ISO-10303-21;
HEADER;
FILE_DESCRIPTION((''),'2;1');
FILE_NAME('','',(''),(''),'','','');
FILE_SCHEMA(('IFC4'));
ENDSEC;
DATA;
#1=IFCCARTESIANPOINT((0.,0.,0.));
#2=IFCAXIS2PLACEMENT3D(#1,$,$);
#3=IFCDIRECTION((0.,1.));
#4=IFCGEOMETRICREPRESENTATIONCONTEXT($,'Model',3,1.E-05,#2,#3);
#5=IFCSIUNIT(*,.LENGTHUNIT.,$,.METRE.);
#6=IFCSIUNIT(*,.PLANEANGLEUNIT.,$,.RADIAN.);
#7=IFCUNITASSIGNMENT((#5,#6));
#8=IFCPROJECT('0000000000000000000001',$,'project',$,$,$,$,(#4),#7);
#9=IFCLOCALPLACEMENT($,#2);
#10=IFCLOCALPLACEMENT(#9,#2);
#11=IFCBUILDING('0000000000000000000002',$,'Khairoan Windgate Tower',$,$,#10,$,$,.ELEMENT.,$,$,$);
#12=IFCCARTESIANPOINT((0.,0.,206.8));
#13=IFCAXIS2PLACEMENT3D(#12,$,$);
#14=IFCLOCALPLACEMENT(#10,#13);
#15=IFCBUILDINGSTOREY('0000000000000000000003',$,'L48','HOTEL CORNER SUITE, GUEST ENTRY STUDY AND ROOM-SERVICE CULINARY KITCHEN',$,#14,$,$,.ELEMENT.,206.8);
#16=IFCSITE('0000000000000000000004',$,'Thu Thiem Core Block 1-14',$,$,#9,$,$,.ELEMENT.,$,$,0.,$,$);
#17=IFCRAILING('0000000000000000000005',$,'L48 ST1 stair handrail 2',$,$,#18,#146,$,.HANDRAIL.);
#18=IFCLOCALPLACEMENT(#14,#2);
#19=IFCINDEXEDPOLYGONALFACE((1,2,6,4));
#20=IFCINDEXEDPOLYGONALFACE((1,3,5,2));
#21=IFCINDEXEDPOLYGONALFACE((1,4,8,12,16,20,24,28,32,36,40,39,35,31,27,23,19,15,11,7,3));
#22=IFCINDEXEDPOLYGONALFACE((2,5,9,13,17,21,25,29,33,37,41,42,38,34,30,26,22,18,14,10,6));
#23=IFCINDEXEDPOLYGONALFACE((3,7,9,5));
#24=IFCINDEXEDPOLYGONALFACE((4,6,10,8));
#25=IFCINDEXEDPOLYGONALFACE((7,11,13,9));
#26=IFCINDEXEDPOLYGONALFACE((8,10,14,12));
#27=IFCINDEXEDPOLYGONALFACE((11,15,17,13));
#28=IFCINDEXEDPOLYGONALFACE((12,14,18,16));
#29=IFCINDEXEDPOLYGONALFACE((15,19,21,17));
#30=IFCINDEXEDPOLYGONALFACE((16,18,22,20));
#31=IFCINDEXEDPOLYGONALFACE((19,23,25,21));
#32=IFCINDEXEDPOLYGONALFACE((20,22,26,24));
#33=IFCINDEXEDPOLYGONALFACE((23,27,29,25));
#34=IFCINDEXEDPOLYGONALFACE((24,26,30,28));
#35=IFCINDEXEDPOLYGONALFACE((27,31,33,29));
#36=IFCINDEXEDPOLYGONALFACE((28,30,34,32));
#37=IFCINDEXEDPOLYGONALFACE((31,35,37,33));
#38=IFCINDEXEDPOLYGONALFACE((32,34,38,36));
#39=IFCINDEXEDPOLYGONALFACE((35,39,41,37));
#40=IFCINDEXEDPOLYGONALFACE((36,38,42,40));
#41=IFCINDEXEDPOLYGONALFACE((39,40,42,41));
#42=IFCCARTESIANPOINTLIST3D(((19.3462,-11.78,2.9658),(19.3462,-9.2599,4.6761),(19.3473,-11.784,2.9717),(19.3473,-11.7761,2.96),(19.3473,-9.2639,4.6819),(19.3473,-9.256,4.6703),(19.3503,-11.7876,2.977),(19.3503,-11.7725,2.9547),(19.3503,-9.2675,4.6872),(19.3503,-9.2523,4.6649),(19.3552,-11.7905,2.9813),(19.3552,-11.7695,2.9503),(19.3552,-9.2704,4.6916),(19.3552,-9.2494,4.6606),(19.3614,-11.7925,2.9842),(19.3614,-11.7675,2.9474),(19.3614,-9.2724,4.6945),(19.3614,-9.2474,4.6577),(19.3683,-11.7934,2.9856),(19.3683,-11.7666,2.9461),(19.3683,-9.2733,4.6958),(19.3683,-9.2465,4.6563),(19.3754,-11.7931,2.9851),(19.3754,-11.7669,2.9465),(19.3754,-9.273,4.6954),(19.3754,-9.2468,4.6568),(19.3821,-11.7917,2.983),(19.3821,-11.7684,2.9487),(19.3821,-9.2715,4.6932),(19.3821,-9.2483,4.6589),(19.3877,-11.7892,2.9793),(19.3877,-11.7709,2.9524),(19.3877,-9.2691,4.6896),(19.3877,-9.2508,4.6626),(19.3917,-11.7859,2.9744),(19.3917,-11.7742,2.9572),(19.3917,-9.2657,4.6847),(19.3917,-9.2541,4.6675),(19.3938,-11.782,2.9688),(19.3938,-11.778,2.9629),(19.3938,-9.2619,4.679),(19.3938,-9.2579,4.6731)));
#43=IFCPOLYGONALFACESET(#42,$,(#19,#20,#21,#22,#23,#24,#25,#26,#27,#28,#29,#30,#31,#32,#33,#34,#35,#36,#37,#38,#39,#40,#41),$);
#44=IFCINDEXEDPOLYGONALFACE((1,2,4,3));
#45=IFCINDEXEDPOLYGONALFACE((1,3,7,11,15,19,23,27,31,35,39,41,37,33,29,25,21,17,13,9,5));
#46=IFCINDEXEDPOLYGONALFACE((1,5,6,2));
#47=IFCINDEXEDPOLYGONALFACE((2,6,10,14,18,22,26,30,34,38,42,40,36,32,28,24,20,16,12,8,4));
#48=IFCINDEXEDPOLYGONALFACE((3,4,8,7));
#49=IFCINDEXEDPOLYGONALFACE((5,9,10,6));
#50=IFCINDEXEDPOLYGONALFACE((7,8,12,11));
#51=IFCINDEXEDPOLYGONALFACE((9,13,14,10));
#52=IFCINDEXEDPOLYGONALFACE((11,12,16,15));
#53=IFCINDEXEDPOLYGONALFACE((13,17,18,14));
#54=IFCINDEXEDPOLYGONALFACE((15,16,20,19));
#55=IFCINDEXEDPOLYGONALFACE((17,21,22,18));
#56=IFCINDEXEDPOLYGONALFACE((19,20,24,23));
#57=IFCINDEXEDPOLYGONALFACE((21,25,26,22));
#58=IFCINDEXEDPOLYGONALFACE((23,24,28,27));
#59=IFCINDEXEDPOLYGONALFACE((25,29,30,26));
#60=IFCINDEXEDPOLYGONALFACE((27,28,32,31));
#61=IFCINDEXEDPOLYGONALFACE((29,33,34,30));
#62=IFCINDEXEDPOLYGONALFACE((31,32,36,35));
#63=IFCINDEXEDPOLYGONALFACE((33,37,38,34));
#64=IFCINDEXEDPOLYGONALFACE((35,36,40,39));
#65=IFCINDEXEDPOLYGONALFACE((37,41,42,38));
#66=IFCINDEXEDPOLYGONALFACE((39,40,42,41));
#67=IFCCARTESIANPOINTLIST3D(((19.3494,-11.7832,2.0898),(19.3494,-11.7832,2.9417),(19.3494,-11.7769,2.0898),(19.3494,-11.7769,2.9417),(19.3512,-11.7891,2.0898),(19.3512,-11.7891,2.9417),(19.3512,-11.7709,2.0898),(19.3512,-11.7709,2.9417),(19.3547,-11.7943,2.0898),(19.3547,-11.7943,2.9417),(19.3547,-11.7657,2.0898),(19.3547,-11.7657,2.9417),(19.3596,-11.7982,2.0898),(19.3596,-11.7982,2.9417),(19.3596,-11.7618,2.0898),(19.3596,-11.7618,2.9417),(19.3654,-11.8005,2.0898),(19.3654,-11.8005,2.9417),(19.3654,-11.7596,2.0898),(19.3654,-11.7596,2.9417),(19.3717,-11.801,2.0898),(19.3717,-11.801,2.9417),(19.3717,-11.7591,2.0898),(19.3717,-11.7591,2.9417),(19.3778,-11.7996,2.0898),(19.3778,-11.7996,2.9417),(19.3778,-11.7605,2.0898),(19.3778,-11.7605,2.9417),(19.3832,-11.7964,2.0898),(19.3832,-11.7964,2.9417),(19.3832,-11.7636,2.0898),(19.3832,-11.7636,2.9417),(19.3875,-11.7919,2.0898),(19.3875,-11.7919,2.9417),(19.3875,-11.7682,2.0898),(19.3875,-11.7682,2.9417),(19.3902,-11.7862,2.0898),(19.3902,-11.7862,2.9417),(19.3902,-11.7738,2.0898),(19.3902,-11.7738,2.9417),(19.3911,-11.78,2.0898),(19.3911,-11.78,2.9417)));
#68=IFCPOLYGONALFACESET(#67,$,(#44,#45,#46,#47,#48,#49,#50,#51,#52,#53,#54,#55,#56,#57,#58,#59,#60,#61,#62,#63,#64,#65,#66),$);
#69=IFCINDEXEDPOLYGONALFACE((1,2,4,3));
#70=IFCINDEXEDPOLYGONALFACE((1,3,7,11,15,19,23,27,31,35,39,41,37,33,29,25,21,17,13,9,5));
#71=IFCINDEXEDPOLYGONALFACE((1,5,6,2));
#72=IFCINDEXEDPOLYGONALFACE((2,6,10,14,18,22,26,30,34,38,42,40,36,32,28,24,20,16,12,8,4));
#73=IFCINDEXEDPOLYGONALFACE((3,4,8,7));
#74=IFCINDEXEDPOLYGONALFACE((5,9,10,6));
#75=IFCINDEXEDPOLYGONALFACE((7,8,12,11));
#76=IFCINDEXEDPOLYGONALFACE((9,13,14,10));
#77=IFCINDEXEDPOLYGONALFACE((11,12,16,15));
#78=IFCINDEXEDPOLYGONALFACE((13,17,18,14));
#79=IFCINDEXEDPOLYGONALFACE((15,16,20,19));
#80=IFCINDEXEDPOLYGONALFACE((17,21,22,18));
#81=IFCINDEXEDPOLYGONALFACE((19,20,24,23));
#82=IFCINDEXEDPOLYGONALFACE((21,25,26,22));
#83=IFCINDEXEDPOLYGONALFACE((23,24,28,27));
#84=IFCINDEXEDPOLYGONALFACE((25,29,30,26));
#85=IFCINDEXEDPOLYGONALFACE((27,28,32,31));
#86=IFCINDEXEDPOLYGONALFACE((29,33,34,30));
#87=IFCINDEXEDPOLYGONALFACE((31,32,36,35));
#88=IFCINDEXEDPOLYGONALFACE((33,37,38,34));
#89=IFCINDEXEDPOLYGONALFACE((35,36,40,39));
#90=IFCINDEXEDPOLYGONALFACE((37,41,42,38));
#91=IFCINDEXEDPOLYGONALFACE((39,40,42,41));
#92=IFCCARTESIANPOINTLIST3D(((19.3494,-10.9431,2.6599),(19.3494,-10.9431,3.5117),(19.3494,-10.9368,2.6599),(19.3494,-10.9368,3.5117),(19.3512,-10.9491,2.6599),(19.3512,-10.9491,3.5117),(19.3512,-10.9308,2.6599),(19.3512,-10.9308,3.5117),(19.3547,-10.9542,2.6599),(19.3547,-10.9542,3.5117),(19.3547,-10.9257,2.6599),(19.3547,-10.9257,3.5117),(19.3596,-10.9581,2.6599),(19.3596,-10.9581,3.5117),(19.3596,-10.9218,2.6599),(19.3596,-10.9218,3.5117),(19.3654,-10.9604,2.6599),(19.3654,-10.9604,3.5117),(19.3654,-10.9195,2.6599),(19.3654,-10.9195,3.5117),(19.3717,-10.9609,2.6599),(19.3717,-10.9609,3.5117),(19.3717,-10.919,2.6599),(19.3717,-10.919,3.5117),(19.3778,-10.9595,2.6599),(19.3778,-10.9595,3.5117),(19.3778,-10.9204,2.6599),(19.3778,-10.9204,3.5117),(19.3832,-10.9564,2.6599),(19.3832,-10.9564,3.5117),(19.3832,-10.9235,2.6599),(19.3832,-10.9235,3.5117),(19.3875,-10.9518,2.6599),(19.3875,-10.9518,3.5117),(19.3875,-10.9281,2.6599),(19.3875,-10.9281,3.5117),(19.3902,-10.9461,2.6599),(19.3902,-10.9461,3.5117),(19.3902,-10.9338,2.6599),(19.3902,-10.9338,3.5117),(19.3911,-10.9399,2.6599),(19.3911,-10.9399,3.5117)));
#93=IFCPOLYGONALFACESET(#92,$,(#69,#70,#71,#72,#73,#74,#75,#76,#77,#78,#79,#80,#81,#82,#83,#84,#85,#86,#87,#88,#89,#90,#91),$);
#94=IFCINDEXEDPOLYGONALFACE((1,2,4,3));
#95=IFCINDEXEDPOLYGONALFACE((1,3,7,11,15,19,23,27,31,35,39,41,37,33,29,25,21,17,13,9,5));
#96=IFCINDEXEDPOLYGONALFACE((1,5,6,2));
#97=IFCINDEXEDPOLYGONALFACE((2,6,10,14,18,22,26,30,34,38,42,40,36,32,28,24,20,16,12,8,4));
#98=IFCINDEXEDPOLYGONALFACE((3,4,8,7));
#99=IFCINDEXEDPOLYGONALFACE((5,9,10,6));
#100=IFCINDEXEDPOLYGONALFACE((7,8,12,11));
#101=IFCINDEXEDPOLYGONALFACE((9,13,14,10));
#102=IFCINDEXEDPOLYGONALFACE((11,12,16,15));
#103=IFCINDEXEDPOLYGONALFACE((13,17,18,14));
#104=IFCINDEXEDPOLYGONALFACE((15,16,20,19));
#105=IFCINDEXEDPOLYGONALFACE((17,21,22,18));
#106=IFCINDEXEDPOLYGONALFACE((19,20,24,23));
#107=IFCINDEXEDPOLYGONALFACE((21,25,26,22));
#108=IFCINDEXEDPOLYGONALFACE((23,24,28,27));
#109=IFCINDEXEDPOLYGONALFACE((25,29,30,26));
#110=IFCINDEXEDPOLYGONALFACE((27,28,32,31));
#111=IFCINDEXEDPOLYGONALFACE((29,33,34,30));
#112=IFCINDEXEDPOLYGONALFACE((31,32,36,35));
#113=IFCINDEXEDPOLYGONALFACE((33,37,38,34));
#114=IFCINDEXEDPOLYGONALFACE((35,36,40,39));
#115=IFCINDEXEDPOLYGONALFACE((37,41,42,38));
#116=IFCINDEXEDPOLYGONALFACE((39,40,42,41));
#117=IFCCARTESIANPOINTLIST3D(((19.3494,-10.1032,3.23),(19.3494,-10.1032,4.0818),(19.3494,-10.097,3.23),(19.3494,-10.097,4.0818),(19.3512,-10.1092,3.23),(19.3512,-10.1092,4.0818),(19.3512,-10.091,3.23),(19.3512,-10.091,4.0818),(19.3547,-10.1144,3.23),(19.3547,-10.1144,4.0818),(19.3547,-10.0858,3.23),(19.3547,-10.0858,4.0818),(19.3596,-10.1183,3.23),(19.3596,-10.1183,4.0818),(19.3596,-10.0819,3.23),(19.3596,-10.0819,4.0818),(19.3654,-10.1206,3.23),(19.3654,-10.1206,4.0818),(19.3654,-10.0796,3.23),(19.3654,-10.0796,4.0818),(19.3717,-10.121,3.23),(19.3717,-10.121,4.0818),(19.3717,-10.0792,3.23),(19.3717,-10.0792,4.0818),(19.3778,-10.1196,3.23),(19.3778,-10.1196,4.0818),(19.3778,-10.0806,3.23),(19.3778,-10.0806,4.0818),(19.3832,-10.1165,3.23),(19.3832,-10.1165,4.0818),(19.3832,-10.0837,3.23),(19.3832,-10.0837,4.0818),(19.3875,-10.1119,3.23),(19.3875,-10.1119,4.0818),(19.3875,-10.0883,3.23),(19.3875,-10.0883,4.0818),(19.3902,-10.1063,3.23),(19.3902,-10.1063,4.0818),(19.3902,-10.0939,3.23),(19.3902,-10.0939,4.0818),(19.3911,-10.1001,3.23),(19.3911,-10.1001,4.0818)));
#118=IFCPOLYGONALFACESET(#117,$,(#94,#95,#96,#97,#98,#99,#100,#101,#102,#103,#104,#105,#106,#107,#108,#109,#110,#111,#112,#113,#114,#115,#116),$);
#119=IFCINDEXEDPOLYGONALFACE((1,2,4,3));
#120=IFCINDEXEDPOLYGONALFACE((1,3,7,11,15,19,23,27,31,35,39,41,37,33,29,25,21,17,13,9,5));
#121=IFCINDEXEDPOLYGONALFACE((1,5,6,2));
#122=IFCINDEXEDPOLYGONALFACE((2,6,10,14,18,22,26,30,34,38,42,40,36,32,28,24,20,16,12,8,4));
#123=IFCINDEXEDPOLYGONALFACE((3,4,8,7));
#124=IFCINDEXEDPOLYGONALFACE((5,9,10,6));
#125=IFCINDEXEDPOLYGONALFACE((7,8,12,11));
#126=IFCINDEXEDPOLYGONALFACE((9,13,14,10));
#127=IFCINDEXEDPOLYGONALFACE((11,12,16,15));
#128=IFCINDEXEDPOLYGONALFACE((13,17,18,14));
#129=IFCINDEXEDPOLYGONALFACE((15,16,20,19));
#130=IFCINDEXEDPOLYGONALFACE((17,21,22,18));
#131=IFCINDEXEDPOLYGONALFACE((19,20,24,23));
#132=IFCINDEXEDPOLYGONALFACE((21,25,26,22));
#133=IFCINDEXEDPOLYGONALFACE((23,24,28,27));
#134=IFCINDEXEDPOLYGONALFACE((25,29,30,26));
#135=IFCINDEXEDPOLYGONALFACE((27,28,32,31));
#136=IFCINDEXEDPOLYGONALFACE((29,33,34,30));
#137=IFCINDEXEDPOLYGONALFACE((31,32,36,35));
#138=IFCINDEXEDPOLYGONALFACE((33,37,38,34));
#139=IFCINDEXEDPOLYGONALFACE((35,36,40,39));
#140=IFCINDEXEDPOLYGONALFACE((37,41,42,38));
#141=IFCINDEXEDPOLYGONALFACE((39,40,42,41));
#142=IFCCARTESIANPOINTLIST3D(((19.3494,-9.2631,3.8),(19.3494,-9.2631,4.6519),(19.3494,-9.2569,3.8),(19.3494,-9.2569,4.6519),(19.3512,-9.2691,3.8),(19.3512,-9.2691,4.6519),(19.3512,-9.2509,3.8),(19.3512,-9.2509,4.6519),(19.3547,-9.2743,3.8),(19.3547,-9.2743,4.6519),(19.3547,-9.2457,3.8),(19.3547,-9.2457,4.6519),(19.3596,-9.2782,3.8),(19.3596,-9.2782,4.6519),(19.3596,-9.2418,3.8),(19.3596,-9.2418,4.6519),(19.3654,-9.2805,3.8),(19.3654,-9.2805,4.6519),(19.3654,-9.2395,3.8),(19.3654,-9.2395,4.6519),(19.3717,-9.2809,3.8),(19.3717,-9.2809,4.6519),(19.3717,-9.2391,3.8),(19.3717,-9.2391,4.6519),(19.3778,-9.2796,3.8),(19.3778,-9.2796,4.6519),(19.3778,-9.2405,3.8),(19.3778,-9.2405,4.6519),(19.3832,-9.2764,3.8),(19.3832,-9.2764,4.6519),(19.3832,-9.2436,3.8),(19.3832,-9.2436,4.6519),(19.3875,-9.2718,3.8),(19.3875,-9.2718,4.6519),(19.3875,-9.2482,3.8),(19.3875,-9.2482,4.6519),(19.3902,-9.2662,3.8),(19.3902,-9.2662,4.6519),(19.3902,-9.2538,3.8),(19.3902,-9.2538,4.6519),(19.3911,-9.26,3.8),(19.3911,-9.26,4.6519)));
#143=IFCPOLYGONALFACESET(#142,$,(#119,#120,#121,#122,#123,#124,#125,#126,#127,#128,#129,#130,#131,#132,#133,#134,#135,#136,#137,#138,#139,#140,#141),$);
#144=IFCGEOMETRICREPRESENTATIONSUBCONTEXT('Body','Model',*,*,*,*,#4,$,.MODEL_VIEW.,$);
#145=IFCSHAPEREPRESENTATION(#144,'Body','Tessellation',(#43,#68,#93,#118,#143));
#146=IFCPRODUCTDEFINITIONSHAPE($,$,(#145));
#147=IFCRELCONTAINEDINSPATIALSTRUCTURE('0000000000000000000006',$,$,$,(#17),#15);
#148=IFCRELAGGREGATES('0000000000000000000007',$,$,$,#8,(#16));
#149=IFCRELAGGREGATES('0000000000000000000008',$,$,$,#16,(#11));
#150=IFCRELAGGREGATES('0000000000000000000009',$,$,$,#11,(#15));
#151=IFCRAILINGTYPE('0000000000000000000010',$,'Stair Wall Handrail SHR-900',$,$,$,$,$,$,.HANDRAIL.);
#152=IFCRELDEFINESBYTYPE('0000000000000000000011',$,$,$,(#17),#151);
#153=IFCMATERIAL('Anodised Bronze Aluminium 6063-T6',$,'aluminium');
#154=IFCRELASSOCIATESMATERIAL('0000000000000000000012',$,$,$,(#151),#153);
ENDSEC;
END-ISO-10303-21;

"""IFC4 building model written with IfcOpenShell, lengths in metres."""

from ifc_helpers import new_model, si_unit, direction, frame, origin, origin_2d, place, context, subcontext, project, spatial, circle, extrude, material, type_object, element, save


model = new_model("IFC4")

# Units and contexts
model_context = context("Model", 3, precision=1e-05, world=origin(), true_north=direction((0.0, 1.0)))
body_context = subcontext(model_context, "Body", "Model", "MODEL_VIEW")
ifc_project = project(units=[si_unit("LENGTHUNIT", "METRE"), si_unit("PLANEANGLEUNIT", "RADIAN")], contexts=[model_context])

# Site, building, storey
site_placement = place(None, origin())
site = spatial("IfcSite", under=ifc_project, at=site_placement, Name="Thu Thiem Core Block 1-14", CompositionType="ELEMENT", RefElevation=0.0)
building_placement = place(site_placement, origin())
building = spatial("IfcBuilding", under=site, at=building_placement, Name="Khairoan Windgate Tower", CompositionType="ELEMENT")
storey_placement = place(building_placement, frame((0.0, 0.0, 206.8)))
storey = spatial("IfcBuildingStorey", under=building, at=storey_placement, Name="L48", Description="HOTEL CORNER SUITE, GUEST ENTRY STUDY AND ROOM-SERVICE CULINARY KITCHEN", CompositionType="ELEMENT", Elevation=206.8)

# Railing
ifc_material_1 = material(Name="Anodised Bronze Aluminium 6063-T6", Category="aluminium")
railing_type_1 = type_object("IfcRailingType", Name="Stair Wall Handrail SHR-900", PredefinedType="HANDRAIL", material=ifc_material_1)
railing_1_placement = place(storey_placement, frame((19.3701, -11.78, 2.0898)))
element("IfcRailing", 1, at=railing_1_placement, inside=storey, type_object=railing_type_1, Name="L48 ST1 stair handrail 2", PredefinedType="HANDRAIL", context=body_context, shape_type="SweptSolid", body=[
    extrude(circle(Radius=0.0239, at=origin_2d()), frame((0.0, 0.0, 0.876), z_axis=(0.0, 0.827447, 0.561545), x_axis=(-1.0, 0.0, 0.0)), (0.0, 0.0, 1.0), 3.0457),
    extrude(circle(Radius=0.021, at=origin_2d()), origin(), (0.0, 0.0, 1.0), 0.8518),
    extrude(circle(Radius=0.021, at=origin_2d()), frame((0.0, 0.8401, 0.5701)), (0.0, 0.0, 1.0), 0.8518),
    extrude(circle(Radius=0.021, at=origin_2d()), frame((0.0, 1.6799, 1.1401)), (0.0, 0.0, 1.0), 0.8518),
    extrude(circle(Radius=0.021, at=origin_2d()), frame((0.0, 2.52, 1.7102)), (0.0, 0.0, 1.0), 0.8518),
])

save(model, "model.ifc")
